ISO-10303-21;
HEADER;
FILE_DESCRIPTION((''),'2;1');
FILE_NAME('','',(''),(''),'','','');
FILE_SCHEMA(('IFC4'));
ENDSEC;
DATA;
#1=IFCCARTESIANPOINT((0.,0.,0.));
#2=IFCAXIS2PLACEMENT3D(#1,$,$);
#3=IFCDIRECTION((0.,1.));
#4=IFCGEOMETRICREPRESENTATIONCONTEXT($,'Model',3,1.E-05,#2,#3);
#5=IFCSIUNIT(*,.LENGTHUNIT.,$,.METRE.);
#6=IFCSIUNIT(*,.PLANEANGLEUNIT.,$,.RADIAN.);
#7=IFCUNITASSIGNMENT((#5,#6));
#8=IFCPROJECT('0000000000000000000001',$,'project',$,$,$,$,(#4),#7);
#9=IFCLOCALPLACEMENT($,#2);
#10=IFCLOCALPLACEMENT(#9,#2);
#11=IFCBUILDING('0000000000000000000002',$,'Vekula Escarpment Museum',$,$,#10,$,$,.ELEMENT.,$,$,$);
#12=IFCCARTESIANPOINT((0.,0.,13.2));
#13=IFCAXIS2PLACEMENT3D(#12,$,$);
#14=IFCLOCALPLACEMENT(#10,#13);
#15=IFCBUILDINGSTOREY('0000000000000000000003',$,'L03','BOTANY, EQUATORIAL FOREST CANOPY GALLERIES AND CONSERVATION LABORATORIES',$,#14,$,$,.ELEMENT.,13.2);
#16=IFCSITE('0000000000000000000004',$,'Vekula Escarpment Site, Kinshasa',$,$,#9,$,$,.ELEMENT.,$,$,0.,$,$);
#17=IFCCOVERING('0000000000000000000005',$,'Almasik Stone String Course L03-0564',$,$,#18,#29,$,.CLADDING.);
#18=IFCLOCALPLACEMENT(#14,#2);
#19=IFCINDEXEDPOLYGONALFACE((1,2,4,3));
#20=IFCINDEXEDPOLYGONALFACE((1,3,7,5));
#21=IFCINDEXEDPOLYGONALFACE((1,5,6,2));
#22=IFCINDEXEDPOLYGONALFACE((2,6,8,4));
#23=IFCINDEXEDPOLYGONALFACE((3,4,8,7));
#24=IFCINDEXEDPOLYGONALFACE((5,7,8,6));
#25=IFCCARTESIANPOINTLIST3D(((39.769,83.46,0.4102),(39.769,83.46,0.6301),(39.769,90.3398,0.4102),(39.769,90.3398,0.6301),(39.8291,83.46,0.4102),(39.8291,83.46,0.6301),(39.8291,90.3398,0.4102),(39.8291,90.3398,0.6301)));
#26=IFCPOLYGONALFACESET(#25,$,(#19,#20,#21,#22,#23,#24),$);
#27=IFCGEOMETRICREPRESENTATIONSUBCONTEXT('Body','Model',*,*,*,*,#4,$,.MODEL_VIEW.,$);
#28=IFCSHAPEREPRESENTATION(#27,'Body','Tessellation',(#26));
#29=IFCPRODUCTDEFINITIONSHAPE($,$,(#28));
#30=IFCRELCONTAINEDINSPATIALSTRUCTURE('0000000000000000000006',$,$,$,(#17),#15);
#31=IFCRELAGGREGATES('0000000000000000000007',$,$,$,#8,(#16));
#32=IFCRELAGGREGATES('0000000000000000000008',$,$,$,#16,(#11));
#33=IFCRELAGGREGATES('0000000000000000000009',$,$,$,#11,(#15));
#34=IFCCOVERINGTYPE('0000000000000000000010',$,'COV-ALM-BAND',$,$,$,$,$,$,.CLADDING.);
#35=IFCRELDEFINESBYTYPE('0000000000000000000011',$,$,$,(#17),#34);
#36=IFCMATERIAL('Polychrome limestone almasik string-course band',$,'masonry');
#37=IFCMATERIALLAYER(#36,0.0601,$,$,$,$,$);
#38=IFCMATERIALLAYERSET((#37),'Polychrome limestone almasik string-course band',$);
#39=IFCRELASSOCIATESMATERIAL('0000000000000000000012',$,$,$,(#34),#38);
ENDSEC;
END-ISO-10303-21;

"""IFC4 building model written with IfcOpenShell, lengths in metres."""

from ifc_helpers import new_model, si_unit, direction, frame, origin, origin_2d, place, context, subcontext, project, spatial, rectangle, extrude, material, layer, layer_set, type_object, element, save


model = new_model("IFC4")

# Units and contexts
model_context = context("Model", 3, precision=1e-05, world=origin(), true_north=direction((0.0, 1.0)))
body_context = subcontext(model_context, "Body", "Model", "MODEL_VIEW")
ifc_project = project(units=[si_unit("LENGTHUNIT", "METRE"), si_unit("PLANEANGLEUNIT", "RADIAN")], contexts=[model_context])

# Site, building, storey
site_placement = place(None, origin())
site = spatial("IfcSite", under=ifc_project, at=site_placement, Name="Vekula Escarpment Site, Kinshasa", CompositionType="ELEMENT", RefElevation=0.0)
building_placement = place(site_placement, origin())
building = spatial("IfcBuilding", under=site, at=building_placement, Name="Vekula Escarpment Museum", CompositionType="ELEMENT")
storey_placement = place(building_placement, frame((0.0, 0.0, 13.2)))
storey = spatial("IfcBuildingStorey", under=building, at=storey_placement, Name="L03", Description="BOTANY, EQUATORIAL FOREST CANOPY GALLERIES AND CONSERVATION LABORATORIES", CompositionType="ELEMENT", Elevation=13.2)

# Covering
ifc_material_1 = material(Name="Polychrome limestone almasik string-course band", Category="masonry")
ifc_layer_1 = layer(ifc_material_1, 0.0601)
ifc_layer_set_1 = layer_set([ifc_layer_1], Name="Polychrome limestone almasik string-course band")
covering_type = type_object("IfcCoveringType", Name="COV-ALM-BAND", PredefinedType="CLADDING", material=ifc_layer_set_1)
covering_1_placement = place(storey_placement, frame((39.7991, 86.8999, 0.4102), z_axis=(0.0, 0.0, 1.0), x_axis=(0.0, 1.0, 0.0)))
element("IfcCovering", 1, at=covering_1_placement, inside=storey, type_object=covering_type, Name="Almasik Stone String Course L03-0564", PredefinedType="CLADDING", context=body_context, shape_type="SweptSolid", body=[
    extrude(rectangle(XDim=6.8799, YDim=0.0601, at=origin_2d()), origin(), (0.0, 0.0, 1.0), 0.22),
])

save(model, "model.ifc")
